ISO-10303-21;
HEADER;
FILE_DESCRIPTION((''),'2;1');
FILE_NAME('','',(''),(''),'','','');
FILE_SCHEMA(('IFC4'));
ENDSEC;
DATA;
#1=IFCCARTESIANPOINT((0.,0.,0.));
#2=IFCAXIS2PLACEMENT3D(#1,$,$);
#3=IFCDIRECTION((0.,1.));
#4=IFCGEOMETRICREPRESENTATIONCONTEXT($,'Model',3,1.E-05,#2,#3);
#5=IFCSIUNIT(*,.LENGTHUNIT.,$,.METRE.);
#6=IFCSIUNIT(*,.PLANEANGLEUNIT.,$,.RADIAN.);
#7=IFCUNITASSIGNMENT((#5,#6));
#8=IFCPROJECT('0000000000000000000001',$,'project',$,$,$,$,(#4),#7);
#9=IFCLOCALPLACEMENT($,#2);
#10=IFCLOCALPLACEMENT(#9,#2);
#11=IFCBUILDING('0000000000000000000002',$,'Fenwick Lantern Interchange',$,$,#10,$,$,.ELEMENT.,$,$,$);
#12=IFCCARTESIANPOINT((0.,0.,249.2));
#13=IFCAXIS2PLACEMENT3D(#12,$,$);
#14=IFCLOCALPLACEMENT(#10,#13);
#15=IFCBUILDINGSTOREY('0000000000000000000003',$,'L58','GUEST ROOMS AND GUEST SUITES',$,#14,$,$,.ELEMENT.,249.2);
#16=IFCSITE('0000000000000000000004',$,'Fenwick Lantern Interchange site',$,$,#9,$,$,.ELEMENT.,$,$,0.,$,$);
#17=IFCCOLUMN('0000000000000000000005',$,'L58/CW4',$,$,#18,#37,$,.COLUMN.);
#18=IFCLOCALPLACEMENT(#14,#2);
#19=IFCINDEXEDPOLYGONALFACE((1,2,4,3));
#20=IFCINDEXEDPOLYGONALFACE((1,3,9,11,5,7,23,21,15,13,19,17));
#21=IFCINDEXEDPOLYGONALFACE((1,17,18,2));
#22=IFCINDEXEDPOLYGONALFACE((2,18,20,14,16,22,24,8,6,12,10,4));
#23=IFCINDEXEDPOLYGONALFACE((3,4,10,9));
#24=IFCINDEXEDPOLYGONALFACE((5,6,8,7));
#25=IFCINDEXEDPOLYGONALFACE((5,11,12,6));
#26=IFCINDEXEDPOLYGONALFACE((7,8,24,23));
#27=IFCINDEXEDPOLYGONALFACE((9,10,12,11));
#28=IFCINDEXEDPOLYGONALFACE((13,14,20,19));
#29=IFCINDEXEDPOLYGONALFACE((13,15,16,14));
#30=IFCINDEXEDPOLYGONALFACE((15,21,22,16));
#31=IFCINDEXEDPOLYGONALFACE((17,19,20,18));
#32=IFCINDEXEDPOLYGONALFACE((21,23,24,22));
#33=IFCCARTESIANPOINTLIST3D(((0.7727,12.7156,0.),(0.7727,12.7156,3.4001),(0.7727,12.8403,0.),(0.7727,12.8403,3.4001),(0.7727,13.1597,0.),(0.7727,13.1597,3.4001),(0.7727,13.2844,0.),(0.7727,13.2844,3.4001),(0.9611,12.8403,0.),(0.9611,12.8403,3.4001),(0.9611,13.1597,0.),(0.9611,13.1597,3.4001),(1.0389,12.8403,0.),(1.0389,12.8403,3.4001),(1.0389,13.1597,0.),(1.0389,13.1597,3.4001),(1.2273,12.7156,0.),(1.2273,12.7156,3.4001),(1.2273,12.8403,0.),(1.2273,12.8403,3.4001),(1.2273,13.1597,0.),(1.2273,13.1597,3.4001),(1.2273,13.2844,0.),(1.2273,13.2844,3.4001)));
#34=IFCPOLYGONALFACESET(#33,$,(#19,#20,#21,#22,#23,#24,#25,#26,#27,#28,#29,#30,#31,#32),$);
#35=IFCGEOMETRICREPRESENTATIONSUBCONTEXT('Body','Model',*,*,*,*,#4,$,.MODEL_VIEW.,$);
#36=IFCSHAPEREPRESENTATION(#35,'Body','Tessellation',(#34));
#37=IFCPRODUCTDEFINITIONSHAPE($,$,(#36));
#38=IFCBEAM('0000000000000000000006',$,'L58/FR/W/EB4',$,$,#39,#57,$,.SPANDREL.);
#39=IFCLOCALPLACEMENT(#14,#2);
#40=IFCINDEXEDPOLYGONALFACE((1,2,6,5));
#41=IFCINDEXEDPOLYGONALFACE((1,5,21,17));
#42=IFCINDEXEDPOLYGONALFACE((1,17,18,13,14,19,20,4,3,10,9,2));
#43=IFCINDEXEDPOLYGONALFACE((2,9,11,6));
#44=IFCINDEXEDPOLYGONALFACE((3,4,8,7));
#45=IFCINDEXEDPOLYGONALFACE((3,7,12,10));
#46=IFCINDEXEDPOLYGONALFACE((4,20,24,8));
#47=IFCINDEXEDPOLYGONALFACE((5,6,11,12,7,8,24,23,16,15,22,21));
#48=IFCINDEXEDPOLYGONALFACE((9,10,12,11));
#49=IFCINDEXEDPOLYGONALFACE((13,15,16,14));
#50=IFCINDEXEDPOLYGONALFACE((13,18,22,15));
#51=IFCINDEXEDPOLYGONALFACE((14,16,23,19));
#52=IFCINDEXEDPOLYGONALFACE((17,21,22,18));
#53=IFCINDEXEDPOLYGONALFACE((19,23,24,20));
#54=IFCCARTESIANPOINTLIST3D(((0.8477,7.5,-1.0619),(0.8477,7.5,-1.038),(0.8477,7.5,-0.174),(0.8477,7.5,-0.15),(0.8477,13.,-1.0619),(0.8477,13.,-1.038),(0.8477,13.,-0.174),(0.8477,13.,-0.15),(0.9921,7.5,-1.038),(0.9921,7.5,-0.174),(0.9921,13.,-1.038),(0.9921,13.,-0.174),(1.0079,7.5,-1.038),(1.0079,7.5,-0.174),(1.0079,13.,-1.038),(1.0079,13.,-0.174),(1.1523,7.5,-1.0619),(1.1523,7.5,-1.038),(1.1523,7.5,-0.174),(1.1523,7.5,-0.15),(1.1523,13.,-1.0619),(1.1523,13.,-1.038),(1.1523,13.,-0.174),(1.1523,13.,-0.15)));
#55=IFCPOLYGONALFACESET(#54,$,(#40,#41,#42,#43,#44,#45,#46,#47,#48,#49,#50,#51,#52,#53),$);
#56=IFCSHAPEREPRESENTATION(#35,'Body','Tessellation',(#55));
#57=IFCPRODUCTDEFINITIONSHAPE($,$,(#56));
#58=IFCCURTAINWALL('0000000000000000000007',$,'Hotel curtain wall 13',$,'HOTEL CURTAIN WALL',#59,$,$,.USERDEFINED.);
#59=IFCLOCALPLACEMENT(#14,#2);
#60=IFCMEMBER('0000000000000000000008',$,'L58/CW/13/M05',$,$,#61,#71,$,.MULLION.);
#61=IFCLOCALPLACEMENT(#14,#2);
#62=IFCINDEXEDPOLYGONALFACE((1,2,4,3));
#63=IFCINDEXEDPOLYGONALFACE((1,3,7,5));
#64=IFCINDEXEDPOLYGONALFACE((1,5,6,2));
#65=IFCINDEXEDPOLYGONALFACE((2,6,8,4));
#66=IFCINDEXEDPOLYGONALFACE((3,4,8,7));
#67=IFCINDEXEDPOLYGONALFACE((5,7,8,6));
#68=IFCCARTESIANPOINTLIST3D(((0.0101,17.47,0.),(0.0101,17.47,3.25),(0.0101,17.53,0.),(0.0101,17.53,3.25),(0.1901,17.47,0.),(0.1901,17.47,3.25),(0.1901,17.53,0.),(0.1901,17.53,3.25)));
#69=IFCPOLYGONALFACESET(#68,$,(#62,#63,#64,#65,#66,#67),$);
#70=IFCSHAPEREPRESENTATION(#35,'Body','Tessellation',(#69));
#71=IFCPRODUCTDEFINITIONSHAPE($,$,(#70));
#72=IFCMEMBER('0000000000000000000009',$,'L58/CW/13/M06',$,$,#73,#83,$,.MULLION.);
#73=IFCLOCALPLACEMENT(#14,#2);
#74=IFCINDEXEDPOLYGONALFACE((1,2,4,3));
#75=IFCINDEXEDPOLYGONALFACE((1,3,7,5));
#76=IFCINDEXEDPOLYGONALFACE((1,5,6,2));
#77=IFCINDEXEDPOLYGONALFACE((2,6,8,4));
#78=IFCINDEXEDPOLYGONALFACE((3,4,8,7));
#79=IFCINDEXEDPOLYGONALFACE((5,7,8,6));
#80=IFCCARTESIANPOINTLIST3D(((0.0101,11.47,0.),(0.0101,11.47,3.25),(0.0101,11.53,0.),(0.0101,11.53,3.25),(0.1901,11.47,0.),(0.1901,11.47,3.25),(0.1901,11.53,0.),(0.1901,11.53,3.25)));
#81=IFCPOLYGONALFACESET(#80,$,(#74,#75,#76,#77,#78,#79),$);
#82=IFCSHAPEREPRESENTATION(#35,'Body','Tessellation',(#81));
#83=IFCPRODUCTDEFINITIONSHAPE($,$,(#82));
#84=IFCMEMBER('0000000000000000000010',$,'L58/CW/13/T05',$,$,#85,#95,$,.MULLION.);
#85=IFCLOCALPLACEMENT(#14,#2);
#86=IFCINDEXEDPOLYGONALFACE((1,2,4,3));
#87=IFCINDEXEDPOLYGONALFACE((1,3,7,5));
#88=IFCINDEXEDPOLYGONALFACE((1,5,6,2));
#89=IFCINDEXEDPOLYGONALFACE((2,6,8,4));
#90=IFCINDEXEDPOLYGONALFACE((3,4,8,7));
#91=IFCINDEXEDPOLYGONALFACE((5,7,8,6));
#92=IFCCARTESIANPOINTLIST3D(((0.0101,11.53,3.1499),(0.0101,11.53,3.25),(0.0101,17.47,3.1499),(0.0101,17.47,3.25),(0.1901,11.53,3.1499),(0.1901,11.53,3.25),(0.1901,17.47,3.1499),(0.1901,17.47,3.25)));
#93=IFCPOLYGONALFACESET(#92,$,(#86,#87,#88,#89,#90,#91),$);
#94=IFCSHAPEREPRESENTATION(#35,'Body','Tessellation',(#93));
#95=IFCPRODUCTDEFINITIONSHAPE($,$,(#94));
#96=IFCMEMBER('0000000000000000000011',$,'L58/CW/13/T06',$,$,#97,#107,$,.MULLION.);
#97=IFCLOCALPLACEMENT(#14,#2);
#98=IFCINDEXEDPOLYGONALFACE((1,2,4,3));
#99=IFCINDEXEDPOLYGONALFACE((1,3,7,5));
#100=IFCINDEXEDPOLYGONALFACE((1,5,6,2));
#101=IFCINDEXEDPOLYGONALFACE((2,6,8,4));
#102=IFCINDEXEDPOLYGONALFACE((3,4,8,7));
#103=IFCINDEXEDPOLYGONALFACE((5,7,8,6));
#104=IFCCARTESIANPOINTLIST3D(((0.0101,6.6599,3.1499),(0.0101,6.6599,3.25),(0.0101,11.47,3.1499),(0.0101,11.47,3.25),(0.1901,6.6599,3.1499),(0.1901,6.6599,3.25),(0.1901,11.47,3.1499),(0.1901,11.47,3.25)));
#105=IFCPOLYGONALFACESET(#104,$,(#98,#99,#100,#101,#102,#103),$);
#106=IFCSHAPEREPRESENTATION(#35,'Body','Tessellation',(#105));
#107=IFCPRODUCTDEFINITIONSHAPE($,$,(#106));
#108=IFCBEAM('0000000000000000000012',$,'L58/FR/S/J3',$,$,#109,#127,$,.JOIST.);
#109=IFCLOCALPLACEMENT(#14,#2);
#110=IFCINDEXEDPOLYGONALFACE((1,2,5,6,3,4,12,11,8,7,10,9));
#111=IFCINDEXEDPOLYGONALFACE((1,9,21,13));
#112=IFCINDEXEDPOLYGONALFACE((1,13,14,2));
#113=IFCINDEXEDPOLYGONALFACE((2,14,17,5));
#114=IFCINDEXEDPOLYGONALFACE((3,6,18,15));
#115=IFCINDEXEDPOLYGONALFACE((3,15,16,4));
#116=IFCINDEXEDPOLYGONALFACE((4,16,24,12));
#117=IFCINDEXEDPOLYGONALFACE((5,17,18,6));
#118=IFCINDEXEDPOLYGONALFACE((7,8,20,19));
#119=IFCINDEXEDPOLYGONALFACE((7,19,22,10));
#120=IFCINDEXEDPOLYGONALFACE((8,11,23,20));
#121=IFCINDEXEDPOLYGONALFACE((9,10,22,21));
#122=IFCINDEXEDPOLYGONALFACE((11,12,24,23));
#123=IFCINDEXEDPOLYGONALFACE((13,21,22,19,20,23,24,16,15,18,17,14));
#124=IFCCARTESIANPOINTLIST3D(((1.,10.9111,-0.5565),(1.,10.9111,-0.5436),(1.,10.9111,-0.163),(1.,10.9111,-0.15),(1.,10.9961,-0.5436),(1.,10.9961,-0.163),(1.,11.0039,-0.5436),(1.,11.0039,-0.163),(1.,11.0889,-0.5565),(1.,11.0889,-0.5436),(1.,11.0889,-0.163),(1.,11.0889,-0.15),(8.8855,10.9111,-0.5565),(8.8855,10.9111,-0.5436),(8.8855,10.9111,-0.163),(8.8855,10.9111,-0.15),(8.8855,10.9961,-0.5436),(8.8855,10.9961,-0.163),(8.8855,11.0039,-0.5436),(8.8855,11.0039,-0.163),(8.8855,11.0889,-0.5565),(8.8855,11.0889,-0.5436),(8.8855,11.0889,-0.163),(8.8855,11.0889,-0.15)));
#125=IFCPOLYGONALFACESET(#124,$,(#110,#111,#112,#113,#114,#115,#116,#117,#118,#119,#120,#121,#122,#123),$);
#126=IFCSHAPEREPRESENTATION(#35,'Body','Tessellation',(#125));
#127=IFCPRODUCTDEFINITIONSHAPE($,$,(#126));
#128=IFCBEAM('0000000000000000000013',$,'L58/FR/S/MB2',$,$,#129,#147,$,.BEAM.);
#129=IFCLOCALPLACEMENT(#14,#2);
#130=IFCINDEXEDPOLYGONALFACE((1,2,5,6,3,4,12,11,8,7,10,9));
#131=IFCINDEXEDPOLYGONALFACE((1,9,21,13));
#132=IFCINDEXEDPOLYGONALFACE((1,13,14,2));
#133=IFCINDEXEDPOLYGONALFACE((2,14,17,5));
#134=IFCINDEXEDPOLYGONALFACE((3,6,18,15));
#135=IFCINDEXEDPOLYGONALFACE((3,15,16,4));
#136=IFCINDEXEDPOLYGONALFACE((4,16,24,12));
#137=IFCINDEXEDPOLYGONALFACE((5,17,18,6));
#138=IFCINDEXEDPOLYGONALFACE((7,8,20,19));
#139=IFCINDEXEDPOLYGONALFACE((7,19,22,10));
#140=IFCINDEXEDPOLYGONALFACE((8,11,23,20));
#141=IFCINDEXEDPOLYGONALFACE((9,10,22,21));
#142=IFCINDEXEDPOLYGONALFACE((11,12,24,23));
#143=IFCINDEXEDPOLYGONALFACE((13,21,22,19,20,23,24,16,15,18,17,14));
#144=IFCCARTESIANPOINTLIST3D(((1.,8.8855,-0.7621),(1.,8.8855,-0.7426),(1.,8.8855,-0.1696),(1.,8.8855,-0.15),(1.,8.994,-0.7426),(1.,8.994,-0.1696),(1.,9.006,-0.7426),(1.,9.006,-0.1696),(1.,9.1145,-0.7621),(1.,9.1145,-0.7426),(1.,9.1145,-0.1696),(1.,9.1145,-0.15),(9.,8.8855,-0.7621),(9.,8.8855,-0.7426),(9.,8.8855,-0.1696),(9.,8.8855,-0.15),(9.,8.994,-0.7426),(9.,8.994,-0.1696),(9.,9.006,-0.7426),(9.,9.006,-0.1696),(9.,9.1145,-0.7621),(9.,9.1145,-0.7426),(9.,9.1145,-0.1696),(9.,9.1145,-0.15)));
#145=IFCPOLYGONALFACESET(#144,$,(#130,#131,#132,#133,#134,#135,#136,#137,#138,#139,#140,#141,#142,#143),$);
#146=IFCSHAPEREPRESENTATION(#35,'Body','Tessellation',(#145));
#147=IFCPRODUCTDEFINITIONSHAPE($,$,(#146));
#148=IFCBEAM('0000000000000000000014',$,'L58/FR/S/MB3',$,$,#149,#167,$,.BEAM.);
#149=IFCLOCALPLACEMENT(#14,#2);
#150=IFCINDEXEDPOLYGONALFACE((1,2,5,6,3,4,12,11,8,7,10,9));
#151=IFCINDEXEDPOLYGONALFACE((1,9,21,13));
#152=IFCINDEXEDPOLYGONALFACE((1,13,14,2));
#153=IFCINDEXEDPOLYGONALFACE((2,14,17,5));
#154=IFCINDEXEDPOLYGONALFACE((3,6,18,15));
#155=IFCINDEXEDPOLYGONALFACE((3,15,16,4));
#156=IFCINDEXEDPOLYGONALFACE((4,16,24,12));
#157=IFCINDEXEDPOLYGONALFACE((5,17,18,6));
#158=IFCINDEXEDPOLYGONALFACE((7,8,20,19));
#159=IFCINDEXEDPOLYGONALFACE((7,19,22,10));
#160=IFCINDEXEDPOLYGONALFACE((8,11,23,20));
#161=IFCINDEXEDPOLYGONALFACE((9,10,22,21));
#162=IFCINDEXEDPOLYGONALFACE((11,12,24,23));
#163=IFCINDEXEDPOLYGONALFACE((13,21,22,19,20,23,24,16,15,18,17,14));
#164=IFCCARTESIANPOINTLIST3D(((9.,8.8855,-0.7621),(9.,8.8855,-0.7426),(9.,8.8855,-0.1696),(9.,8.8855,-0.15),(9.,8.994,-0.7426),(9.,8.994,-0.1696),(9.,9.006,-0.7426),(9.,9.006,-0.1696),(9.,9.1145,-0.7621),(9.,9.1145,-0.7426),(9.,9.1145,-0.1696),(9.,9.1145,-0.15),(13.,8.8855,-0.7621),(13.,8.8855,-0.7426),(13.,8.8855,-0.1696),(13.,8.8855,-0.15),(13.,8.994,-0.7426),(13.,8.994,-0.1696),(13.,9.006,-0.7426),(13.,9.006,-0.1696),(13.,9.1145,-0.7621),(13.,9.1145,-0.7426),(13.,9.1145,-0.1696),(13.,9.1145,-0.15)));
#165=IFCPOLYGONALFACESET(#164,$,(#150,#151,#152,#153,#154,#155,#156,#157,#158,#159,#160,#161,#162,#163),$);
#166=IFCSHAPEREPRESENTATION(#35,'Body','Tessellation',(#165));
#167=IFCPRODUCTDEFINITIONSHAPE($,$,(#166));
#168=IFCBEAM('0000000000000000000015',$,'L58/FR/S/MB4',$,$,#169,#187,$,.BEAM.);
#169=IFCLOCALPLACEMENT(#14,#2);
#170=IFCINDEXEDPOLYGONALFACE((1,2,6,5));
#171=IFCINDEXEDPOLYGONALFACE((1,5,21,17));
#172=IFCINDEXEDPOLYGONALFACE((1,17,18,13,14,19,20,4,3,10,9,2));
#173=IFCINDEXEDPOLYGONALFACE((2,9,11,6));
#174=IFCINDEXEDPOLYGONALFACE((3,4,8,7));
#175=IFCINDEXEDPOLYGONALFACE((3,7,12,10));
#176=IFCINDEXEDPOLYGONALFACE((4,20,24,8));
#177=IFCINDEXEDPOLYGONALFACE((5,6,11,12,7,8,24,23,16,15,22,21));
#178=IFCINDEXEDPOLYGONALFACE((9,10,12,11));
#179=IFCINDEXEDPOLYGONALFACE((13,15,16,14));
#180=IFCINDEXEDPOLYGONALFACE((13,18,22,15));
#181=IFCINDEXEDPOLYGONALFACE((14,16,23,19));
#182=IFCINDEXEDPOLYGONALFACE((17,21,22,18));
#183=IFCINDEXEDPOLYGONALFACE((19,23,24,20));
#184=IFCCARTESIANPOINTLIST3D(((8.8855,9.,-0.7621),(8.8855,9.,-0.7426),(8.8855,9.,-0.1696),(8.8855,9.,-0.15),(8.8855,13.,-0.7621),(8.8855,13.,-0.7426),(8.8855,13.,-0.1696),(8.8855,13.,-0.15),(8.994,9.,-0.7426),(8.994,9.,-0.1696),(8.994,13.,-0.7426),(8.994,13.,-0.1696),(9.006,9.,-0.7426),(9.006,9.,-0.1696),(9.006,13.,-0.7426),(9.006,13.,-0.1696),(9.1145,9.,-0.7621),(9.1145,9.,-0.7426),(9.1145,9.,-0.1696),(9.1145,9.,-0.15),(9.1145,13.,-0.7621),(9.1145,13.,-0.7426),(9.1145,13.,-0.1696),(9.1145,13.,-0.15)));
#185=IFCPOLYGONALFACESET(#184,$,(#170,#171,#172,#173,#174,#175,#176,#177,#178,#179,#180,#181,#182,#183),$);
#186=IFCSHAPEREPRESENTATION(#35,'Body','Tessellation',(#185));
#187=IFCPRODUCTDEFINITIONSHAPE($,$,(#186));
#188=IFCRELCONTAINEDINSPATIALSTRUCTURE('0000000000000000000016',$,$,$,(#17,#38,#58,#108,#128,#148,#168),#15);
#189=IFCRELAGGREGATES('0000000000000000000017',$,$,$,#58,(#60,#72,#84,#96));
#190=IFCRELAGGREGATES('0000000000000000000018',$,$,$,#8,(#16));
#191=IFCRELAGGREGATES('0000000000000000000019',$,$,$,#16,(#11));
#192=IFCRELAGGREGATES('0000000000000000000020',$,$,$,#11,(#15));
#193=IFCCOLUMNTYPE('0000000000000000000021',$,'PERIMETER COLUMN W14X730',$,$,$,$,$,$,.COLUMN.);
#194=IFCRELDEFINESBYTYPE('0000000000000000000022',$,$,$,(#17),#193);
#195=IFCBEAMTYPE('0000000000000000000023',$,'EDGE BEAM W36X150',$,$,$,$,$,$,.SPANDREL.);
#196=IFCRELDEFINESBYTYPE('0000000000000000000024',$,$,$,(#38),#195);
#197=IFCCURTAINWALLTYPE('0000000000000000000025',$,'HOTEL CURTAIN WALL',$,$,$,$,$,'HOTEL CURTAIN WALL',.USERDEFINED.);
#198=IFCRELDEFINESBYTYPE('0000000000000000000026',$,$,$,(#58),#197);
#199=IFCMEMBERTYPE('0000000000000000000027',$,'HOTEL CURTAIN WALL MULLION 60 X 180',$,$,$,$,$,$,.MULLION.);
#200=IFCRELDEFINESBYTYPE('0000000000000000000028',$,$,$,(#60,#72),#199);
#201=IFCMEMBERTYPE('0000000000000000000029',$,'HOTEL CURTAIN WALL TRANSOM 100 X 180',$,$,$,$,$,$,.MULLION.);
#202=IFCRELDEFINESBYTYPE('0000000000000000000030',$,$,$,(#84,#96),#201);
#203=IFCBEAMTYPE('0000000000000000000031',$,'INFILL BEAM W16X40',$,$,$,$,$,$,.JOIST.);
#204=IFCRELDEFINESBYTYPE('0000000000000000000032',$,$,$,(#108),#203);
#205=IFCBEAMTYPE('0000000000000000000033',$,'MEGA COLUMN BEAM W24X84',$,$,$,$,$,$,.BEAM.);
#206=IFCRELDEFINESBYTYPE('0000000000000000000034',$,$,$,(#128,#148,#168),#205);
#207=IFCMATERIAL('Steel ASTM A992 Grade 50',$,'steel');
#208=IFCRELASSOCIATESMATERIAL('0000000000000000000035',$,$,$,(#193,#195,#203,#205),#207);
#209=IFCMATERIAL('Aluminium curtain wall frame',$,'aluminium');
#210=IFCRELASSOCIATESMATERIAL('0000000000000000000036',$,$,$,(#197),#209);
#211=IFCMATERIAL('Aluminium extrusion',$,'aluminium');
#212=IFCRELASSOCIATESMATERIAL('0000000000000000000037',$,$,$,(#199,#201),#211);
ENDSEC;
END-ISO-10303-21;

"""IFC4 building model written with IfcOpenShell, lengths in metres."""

from ifc_helpers import new_model, si_unit, direction, frame, origin, origin_2d, place, context, subcontext, project, spatial, rectangle, i_section, extrude, material, material_profile, profile_set, type_object, element, aggregate, save


model = new_model("IFC4")

# Units and contexts
model_context = context("Model", 3, precision=1e-05, world=origin(), true_north=direction((0.0, 1.0)))
body_context = subcontext(model_context, "Body", "Model", "MODEL_VIEW")
ifc_project = project(units=[si_unit("LENGTHUNIT", "METRE"), si_unit("PLANEANGLEUNIT", "RADIAN")], contexts=[model_context])

# Site, building, storey
site_placement = place(None, origin())
site = spatial("IfcSite", under=ifc_project, at=site_placement, Name="Fenwick Lantern Interchange site", CompositionType="ELEMENT", RefElevation=0.0)
building_placement = place(site_placement, origin())
building = spatial("IfcBuilding", under=site, at=building_placement, Name="Fenwick Lantern Interchange", CompositionType="ELEMENT")
storey_placement = place(building_placement, frame((0.0, 0.0, 249.2)))
storey = spatial("IfcBuildingStorey", under=building, at=storey_placement, Name="L58", Description="GUEST ROOMS AND GUEST SUITES", CompositionType="ELEMENT", Elevation=249.2)

# Column
ifc_material_1 = material(Name="Steel ASTM A992 Grade 50", Category="steel")
ifc_material_profile_1 = material_profile(ifc_material_1, i_section(OverallWidth=0.4546, OverallDepth=0.5688, WebThickness=0.0779, FlangeThickness=0.1248, at=origin_2d()), Name="W14X730")
ifc_profile_set_1 = profile_set([ifc_material_profile_1], Name="Steel ASTM A992 Grade 50")
column_type = type_object("IfcColumnType", Name="PERIMETER COLUMN W14X730", PredefinedType="COLUMN", material=ifc_profile_set_1)
column_placement = place(storey_placement, frame((1.0, 13.0, 0.0), z_axis=(0.0, 0.0, 1.0), x_axis=(1.0, 0.0, 0.0)))
element("IfcColumn", 1, at=column_placement, inside=storey, type_object=column_type, Name="L58/CW4", PredefinedType="COLUMN", context=body_context, shape_type="SweptSolid", body=[
    extrude(i_section(OverallWidth=0.4546, OverallDepth=0.5688, WebThickness=0.0779, FlangeThickness=0.1248, at=origin_2d()), origin(), (0.0, 0.0, 1.0), 3.4001),
])

# Beam
ifc_material_profile_2 = material_profile(ifc_material_1, i_section(OverallWidth=0.3047, OverallDepth=0.9119, WebThickness=0.0159, FlangeThickness=0.0239, at=origin_2d()), Name="W36X150")
ifc_profile_set_2 = profile_set([ifc_material_profile_2], Name="Steel ASTM A992 Grade 50")
beam_type_1 = type_object("IfcBeamType", Name="EDGE BEAM W36X150", PredefinedType="SPANDREL", material=ifc_profile_set_2)
beam_1_placement = place(storey_placement, frame((1.0, 13.0, -0.606), z_axis=(0.0, -1.0, 0.0), x_axis=(1.0, 0.0, 0.0)))
element("IfcBeam", 2, at=beam_1_placement, inside=storey, type_object=beam_type_1, Name="L58/FR/W/EB4", PredefinedType="SPANDREL", context=body_context, shape_type="SweptSolid", body=[
    extrude(i_section(OverallWidth=0.3047, OverallDepth=0.9119, WebThickness=0.0159, FlangeThickness=0.0239, at=origin_2d()), origin(), (0.0, 0.0, 1.0), 5.5),
])

# Curtain wall, members
ifc_material_2 = material(Name="Aluminium curtain wall frame", Category="aluminium")
curtain_wall_type = type_object("IfcCurtainWallType", Name="HOTEL CURTAIN WALL", ElementType="HOTEL CURTAIN WALL", PredefinedType="USERDEFINED", material=ifc_material_2)
curtain_wall_placement = place(storey_placement, origin())
curtain_wall = element("IfcCurtainWall", 3, at=curtain_wall_placement, inside=storey, type_object=curtain_wall_type, Name="Hotel curtain wall 13", ObjectType="HOTEL CURTAIN WALL", PredefinedType="USERDEFINED")
ifc_material_3 = material(Name="Aluminium extrusion", Category="aluminium")
ifc_material_profile_3 = material_profile(ifc_material_3, rectangle(XDim=0.1799, YDim=0.0601, at=origin_2d()), Name="HOTEL CURTAIN WALL MULLION 60 X 180")
ifc_profile_set_3 = profile_set([ifc_material_profile_3], Name="Aluminium extrusion")
member_type_1 = type_object("IfcMemberType", Name="HOTEL CURTAIN WALL MULLION 60 X 180", PredefinedType="MULLION", material=ifc_profile_set_3)
member_1_placement = place(storey_placement, frame((0.1001, 17.5, 0.0), z_axis=(0.0, 0.0, 1.0), x_axis=(1.0, 0.0, 0.0)))
member_1 = element("IfcMember", 4, at=member_1_placement, type_object=member_type_1, Name="L58/CW/13/M05", PredefinedType="MULLION", context=body_context, shape_type="SweptSolid", body=[
    extrude(rectangle(XDim=0.1799, YDim=0.0601, at=origin_2d()), origin(), (0.0, 0.0, 1.0), 3.25),
])
member_2_placement = place(storey_placement, frame((0.1001, 11.5, 0.0), z_axis=(0.0, 0.0, 1.0), x_axis=(1.0, 0.0, 0.0)))
member_2 = element("IfcMember", 5, at=member_2_placement, type_object=member_type_1, Name="L58/CW/13/M06", PredefinedType="MULLION", context=body_context, shape_type="SweptSolid", body=[
    extrude(rectangle(XDim=0.1799, YDim=0.0601, at=origin_2d()), origin(), (0.0, 0.0, 1.0), 3.25),
])
ifc_material_profile_4 = material_profile(ifc_material_3, rectangle(XDim=0.1799, YDim=0.1001, at=origin_2d()), Name="HOTEL CURTAIN WALL TRANSOM 100 X 180")
ifc_profile_set_4 = profile_set([ifc_material_profile_4], Name="Aluminium extrusion")
member_type_2 = type_object("IfcMemberType", Name="HOTEL CURTAIN WALL TRANSOM 100 X 180", PredefinedType="MULLION", material=ifc_profile_set_4)
member_3_placement = place(storey_placement, frame((0.1001, 17.47, 3.2), z_axis=(0.0, -1.0, 0.0), x_axis=(1.0, 0.0, 0.0)))
member_3 = element("IfcMember", 6, at=member_3_placement, type_object=member_type_2, Name="L58/CW/13/T05", PredefinedType="MULLION", context=body_context, shape_type="SweptSolid", body=[
    extrude(rectangle(XDim=0.1799, YDim=0.1001, at=origin_2d()), origin(), (0.0, 0.0, 1.0), 5.9399),
])
member_4_placement = place(storey_placement, frame((0.1001, 11.47, 3.2), z_axis=(0.0, -1.0, 0.0), x_axis=(1.0, 0.0, 0.0)))
member_4 = element("IfcMember", 7, at=member_4_placement, type_object=member_type_2, Name="L58/CW/13/T06", PredefinedType="MULLION", context=body_context, shape_type="SweptSolid", body=[
    extrude(rectangle(XDim=0.1799, YDim=0.1001, at=origin_2d()), origin(), (0.0, 0.0, 1.0), 4.8101),
])

# Beams
ifc_material_profile_5 = material_profile(ifc_material_1, i_section(OverallWidth=0.1777, OverallDepth=0.4065, WebThickness=0.0078, FlangeThickness=0.0129, at=origin_2d()), Name="W16X40")
ifc_profile_set_5 = profile_set([ifc_material_profile_5], Name="Steel ASTM A992 Grade 50")
beam_type_2 = type_object("IfcBeamType", Name="INFILL BEAM W16X40", PredefinedType="JOIST", material=ifc_profile_set_5)
beam_2_placement = place(storey_placement, frame((1.0, 11.0, -0.3533), z_axis=(1.0, 0.0, 0.0), x_axis=(0.0, 1.0, 0.0)))
element("IfcBeam", 8, at=beam_2_placement, inside=storey, type_object=beam_type_2, Name="L58/FR/S/J3", PredefinedType="JOIST", context=body_context, shape_type="SweptSolid", body=[
    extrude(i_section(OverallWidth=0.1777, OverallDepth=0.4065, WebThickness=0.0078, FlangeThickness=0.0129, at=origin_2d()), origin(), (0.0, 0.0, 1.0), 7.8855),
])
ifc_material_profile_6 = material_profile(ifc_material_1, i_section(OverallWidth=0.229, OverallDepth=0.6121, WebThickness=0.012, FlangeThickness=0.0195, at=origin_2d()), Name="W24X84")
ifc_profile_set_6 = profile_set([ifc_material_profile_6], Name="Steel ASTM A992 Grade 50")
beam_type_3 = type_object("IfcBeamType", Name="MEGA COLUMN BEAM W24X84", PredefinedType="BEAM", material=ifc_profile_set_6)
beam_3_placement = place(storey_placement, frame((9.0, 9.0, -0.4561), z_axis=(-1.0, 0.0, 0.0), x_axis=(0.0, -1.0, 0.0)))
element("IfcBeam", 9, at=beam_3_placement, inside=storey, type_object=beam_type_3, Name="L58/FR/S/MB2", PredefinedType="BEAM", context=body_context, shape_type="SweptSolid", body=[
    extrude(i_section(OverallWidth=0.229, OverallDepth=0.6121, WebThickness=0.012, FlangeThickness=0.0195, at=origin_2d()), origin(), (0.0, 0.0, 1.0), 8.0),
])
for number, where, z_axis, x_axis, name in (
    (10, (9.0, 9.0, -0.4561), (1.0, 0.0, 0.0), (0.0, 1.0, 0.0), "L58/FR/S/MB3"),
    (11, (9.0, 9.0, -0.4561), (0.0, 1.0, 0.0), (-1.0, 0.0, 0.0), "L58/FR/S/MB4"),
):
    element("IfcBeam", number, at=place(storey_placement, frame(where, z_axis=z_axis, x_axis=x_axis)), inside=storey, type_object=beam_type_3, Name=name, PredefinedType="BEAM", context=body_context, shape_type="SweptSolid", body=[
        extrude(i_section(OverallWidth=0.229, OverallDepth=0.6121, WebThickness=0.012, FlangeThickness=0.0195, at=origin_2d()), origin(), (0.0, 0.0, 1.0), 4.0),
    ])

aggregate(curtain_wall, [member_1, member_2, member_3, member_4])

save(model, "model.ifc")
